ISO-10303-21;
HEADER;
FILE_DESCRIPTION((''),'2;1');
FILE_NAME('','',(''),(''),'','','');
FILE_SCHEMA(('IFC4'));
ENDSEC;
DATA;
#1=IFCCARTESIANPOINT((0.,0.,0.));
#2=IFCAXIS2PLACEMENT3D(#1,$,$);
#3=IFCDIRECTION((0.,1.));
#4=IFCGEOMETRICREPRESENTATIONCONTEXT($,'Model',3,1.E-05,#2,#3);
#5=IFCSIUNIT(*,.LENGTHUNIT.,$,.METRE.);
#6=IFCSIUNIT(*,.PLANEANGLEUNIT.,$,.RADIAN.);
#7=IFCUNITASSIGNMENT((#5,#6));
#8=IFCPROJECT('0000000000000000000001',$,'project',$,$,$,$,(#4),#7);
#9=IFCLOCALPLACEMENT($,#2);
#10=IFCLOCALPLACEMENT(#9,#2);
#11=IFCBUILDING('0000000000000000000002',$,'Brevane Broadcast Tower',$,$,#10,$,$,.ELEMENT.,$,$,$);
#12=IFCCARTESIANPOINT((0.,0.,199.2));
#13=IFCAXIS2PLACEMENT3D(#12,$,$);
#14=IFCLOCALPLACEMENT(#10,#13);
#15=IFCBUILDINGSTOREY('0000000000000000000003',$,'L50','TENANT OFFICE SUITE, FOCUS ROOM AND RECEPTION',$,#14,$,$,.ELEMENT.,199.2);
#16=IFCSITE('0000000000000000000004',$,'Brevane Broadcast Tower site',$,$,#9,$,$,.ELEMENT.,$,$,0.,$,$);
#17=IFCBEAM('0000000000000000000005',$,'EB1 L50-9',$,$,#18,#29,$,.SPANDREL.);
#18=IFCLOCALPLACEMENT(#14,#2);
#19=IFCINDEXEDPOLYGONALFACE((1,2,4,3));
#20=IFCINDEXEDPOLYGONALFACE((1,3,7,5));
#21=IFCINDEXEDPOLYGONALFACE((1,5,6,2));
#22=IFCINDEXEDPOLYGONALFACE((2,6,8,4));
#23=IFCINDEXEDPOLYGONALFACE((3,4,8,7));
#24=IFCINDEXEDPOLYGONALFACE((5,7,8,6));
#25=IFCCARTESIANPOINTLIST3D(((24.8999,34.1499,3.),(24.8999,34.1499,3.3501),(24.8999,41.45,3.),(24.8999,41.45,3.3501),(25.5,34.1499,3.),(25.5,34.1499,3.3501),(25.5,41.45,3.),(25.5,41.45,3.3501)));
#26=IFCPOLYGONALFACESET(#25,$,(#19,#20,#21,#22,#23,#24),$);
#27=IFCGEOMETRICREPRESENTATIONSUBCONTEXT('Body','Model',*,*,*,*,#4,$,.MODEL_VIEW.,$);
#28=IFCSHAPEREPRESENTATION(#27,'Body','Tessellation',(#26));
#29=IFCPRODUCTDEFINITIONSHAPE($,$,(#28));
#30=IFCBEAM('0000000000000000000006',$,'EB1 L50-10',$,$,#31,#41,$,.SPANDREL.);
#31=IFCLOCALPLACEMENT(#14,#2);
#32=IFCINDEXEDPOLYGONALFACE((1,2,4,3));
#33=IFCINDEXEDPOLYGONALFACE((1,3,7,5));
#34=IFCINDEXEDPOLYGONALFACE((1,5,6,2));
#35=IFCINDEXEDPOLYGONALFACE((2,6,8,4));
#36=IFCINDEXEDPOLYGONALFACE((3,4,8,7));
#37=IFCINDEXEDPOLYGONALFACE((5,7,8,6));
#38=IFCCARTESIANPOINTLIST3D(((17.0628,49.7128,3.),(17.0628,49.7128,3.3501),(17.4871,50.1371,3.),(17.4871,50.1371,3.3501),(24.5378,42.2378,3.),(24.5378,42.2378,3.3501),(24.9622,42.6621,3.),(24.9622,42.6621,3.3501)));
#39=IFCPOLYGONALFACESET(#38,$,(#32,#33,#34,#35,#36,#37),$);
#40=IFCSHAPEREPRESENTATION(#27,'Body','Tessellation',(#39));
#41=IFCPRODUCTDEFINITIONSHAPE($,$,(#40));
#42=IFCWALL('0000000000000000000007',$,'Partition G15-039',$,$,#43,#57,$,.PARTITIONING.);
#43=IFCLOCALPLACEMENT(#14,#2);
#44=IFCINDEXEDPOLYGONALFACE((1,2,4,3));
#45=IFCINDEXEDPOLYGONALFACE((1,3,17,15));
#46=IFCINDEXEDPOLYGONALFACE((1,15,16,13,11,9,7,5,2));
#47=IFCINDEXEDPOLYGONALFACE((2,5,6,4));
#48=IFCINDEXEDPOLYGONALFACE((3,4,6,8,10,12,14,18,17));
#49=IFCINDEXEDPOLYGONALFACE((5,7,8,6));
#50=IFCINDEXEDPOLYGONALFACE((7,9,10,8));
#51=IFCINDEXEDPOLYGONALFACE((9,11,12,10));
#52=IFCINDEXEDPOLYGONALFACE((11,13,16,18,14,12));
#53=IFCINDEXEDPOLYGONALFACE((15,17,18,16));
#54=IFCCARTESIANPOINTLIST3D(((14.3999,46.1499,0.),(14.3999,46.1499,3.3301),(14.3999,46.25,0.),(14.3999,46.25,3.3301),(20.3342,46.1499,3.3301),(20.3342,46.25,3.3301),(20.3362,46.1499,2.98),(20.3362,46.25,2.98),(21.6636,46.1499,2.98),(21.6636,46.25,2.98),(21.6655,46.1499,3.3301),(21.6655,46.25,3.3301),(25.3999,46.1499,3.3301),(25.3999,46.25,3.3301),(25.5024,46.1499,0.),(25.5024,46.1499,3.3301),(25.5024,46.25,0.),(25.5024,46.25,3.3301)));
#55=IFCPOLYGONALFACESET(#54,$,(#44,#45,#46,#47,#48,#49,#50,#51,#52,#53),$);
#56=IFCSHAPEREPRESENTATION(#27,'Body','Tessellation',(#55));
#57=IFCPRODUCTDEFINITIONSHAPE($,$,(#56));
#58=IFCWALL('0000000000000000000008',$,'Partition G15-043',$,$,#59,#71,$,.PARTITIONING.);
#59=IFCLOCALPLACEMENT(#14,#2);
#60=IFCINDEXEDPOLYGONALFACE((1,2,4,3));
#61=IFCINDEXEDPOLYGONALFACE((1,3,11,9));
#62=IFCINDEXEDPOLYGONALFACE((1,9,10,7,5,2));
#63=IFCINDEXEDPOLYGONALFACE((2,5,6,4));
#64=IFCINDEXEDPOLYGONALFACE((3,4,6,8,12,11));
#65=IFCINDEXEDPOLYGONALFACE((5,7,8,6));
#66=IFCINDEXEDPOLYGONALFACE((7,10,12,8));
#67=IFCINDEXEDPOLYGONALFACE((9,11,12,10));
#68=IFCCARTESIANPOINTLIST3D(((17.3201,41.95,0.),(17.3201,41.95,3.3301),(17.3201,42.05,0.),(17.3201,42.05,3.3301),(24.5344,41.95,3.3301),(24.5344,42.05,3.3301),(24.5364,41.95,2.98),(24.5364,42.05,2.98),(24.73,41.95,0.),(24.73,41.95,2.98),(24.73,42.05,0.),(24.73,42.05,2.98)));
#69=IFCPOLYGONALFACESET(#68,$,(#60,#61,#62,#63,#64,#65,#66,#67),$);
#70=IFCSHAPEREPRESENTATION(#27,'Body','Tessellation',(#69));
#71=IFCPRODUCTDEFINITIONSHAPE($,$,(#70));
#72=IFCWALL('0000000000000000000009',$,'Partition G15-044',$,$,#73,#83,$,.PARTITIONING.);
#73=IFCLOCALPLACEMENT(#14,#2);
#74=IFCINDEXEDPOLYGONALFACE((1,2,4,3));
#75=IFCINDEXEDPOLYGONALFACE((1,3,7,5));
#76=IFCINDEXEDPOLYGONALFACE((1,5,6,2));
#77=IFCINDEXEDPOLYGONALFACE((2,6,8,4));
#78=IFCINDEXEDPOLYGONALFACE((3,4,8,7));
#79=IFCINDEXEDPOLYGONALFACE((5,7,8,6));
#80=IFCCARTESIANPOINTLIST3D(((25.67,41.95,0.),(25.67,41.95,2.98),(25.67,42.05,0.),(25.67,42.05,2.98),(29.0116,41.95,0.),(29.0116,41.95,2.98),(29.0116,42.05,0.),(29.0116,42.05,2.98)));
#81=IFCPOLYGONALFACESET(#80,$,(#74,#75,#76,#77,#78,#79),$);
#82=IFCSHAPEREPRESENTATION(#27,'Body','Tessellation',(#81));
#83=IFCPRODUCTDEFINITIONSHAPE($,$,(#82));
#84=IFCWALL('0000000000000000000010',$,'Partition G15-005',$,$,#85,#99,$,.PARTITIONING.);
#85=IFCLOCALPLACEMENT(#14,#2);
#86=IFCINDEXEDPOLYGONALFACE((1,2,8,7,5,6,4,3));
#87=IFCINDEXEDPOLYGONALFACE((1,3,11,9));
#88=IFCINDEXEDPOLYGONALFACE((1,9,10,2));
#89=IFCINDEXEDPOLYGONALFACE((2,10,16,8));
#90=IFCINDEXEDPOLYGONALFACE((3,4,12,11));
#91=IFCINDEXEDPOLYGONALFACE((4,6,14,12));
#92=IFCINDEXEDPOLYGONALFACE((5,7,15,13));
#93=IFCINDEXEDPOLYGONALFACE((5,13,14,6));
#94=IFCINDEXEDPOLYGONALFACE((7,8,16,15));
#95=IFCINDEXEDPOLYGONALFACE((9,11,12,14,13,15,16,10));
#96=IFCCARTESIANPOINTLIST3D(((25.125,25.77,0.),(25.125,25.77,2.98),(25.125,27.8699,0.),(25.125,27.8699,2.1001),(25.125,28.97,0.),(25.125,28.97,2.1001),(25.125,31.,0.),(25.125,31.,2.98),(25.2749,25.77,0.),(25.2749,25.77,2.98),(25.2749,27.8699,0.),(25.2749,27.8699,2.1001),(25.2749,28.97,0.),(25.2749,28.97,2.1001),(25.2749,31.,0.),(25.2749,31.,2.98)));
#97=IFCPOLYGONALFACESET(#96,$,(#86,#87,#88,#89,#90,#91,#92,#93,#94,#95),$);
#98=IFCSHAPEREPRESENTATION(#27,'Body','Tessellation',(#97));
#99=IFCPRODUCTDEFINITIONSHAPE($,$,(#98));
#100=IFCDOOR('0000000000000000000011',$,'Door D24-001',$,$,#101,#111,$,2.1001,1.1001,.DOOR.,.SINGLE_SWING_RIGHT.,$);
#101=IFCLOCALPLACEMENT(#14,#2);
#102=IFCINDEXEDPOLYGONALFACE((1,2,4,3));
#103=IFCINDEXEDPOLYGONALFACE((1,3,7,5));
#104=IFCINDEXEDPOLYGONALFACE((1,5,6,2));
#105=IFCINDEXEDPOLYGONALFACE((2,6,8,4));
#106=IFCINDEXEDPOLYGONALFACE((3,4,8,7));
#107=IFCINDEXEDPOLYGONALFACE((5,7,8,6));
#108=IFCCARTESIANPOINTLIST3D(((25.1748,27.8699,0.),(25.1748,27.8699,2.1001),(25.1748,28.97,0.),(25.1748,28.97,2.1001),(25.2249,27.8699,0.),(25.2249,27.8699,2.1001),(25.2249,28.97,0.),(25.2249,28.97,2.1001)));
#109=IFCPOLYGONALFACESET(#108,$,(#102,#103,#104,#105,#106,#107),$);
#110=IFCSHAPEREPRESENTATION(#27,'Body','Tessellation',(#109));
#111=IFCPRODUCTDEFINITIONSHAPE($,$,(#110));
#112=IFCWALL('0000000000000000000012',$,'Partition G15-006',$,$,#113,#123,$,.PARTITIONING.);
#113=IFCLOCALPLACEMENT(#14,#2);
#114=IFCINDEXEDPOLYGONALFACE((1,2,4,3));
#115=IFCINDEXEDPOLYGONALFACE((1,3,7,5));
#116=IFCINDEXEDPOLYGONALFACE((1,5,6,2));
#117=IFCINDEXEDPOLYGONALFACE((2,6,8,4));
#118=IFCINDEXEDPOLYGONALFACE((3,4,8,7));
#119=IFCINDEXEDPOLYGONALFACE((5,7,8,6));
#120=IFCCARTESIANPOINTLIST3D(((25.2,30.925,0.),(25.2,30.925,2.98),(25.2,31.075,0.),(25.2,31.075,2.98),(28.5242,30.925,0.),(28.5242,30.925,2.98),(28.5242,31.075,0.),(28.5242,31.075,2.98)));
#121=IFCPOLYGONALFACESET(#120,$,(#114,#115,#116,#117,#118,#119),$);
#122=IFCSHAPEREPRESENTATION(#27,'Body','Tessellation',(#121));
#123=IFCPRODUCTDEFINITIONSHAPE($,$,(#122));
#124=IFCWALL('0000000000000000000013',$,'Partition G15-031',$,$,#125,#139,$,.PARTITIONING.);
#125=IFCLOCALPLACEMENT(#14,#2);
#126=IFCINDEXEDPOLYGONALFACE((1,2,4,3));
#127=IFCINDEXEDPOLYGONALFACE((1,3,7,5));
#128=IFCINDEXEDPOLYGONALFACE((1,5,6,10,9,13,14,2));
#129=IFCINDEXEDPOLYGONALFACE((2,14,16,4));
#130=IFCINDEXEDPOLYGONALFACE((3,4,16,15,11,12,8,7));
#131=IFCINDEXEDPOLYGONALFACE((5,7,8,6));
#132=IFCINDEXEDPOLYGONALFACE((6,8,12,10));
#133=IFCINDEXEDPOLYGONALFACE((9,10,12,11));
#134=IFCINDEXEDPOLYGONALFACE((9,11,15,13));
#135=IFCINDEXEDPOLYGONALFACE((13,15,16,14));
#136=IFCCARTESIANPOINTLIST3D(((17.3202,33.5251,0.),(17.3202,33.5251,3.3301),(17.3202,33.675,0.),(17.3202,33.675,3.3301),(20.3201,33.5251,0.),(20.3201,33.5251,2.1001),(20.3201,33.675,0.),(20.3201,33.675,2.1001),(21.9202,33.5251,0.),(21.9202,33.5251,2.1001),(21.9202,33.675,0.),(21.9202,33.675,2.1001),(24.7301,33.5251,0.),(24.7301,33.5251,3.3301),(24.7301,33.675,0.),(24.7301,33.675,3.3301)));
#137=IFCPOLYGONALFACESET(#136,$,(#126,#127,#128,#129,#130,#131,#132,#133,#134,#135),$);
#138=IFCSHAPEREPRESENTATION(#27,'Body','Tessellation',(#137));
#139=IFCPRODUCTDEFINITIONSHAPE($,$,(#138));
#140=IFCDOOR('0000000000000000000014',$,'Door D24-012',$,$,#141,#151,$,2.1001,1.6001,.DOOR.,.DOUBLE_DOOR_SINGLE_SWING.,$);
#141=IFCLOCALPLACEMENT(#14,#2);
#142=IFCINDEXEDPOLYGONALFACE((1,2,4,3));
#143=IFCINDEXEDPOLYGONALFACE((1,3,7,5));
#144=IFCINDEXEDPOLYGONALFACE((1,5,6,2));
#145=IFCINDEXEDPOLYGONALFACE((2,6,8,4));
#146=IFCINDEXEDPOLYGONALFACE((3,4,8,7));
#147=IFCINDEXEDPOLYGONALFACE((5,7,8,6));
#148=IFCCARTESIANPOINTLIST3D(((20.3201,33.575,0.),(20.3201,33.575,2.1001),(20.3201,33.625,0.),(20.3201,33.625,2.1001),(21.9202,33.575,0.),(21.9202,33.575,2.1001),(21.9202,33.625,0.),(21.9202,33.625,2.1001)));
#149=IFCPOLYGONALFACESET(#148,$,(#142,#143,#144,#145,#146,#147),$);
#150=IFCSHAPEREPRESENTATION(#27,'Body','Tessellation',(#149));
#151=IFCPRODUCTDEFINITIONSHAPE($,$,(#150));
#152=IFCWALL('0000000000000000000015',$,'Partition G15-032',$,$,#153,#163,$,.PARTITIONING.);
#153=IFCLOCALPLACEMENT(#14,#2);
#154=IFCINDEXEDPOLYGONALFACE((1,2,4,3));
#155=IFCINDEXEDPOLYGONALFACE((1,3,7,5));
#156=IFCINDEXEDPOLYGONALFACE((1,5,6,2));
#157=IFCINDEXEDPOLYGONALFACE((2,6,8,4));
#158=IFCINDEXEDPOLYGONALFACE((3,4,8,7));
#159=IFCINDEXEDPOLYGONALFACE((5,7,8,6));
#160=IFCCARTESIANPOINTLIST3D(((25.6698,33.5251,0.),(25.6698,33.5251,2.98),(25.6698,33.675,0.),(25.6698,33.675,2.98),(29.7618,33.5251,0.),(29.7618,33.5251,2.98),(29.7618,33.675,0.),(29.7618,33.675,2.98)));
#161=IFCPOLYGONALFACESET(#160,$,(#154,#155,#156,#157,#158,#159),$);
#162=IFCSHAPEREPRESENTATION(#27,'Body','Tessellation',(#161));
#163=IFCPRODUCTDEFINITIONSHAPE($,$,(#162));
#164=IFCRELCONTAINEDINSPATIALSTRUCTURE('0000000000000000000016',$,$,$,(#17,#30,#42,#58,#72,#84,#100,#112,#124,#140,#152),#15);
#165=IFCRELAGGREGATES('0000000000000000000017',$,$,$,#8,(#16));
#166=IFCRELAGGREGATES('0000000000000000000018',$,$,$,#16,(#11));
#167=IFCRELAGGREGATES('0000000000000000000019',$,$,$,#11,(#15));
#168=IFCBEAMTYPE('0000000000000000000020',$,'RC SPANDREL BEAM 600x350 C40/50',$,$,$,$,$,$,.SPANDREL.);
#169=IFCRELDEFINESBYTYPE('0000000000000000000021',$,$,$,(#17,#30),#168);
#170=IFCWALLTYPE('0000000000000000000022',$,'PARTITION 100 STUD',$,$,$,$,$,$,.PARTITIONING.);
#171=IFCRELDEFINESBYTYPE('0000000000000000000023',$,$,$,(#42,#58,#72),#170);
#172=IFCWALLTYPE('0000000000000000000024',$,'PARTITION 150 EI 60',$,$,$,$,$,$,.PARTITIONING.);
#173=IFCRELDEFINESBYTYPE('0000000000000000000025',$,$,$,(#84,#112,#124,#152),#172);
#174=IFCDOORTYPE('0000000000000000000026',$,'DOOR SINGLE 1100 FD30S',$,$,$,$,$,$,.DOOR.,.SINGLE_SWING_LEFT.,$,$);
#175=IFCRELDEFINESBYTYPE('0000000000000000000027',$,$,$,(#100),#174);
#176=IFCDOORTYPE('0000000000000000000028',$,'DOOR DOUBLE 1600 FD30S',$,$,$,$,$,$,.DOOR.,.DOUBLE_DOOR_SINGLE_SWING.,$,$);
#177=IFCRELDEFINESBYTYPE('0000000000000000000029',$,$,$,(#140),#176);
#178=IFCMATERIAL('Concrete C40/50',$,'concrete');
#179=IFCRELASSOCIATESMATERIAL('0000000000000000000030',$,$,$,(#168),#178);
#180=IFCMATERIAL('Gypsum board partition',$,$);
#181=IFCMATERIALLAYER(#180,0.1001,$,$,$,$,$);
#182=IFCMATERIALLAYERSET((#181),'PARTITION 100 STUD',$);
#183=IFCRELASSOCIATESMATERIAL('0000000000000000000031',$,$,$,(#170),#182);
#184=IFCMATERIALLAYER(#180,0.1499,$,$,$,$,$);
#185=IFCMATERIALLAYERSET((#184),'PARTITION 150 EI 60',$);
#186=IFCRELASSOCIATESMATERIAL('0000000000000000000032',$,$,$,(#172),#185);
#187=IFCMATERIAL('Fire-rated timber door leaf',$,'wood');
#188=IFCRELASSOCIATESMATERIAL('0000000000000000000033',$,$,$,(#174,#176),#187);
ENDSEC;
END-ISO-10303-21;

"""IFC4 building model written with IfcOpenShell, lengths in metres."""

from ifc_helpers import new_model, si_unit, direction, frame, frame_2d, origin, origin_2d, place, context, subcontext, project, spatial, polyline, rectangle, outline, extrude, material, layer, layer_set, material_profile, profile_set, type_object, element, fill, save


model = new_model("IFC4")

# Units and contexts
model_context = context("Model", 3, precision=1e-05, world=origin(), true_north=direction((0.0, 1.0)))
body_context = subcontext(model_context, "Body", "Model", "MODEL_VIEW")
ifc_project = project(units=[si_unit("LENGTHUNIT", "METRE"), si_unit("PLANEANGLEUNIT", "RADIAN")], contexts=[model_context])

# Site, building, storey
site_placement = place(None, origin())
site = spatial("IfcSite", under=ifc_project, at=site_placement, Name="Brevane Broadcast Tower site", CompositionType="ELEMENT", RefElevation=0.0)
building_placement = place(site_placement, origin())
building = spatial("IfcBuilding", under=site, at=building_placement, Name="Brevane Broadcast Tower", CompositionType="ELEMENT")
storey_placement = place(building_placement, frame((0.0, 0.0, 199.2)))
storey = spatial("IfcBuildingStorey", under=building, at=storey_placement, Name="L50", Description="TENANT OFFICE SUITE, FOCUS ROOM AND RECEPTION", CompositionType="ELEMENT", Elevation=199.2)

# Beams
ifc_material_1 = material(Name="Concrete C40/50", Category="concrete")
ifc_material_profile_1 = material_profile(ifc_material_1, rectangle(XDim=0.6001, YDim=0.3501, at=origin_2d()), Name="RC 600x350")
ifc_profile_set_1 = profile_set([ifc_material_profile_1], Name="Concrete C40/50")
beam_type_1 = type_object("IfcBeamType", Name="RC SPANDREL BEAM 600x350 C40/50", PredefinedType="SPANDREL", material=ifc_profile_set_1)
beam_1_placement = place(storey_placement, frame((25.2, 34.1499, 3.175), z_axis=(0.0, 1.0, 0.0), x_axis=(-1.0, 0.0, 0.0)))
element("IfcBeam", 1, at=beam_1_placement, inside=storey, type_object=beam_type_1, Name="EB1 L50-9", PredefinedType="SPANDREL", context=body_context, shape_type="SweptSolid", body=[
    extrude(rectangle(XDim=0.6001, YDim=0.3501, at=origin_2d()), origin(), (0.0, 0.0, 1.0), 7.3),
])
beam_2_placement = place(storey_placement, frame((24.75, 42.45, 3.175), z_axis=(-0.707107, 0.707107, 0.0), x_axis=(-0.707107, -0.707107, 0.0)))
element("IfcBeam", 2, at=beam_2_placement, inside=storey, type_object=beam_type_1, Name="EB1 L50-10", PredefinedType="SPANDREL", context=body_context, shape_type="SweptSolid", body=[
    extrude(rectangle(XDim=0.6001, YDim=0.3501, at=origin_2d()), origin(), (0.0, 0.0, 1.0), 10.5713),
])

# Walls
ifc_material_2 = material(Name="Gypsum board partition")
ifc_layer_1 = layer(ifc_material_2, 0.1001)
ifc_layer_set_1 = layer_set([ifc_layer_1], Name="PARTITION 100 STUD")
wall_type_1 = type_object("IfcWallType", Name="PARTITION 100 STUD", PredefinedType="PARTITIONING", material=ifc_layer_set_1)
wall_1_placement = place(storey_placement, frame((25.5024, 46.2, 0.0), z_axis=(0.0, 0.0, 1.0), x_axis=(-1.0, 0.0, 0.0)))
element("IfcWall", 3, at=wall_1_placement, inside=storey, type_object=wall_type_1, Name="Partition G15-039", PredefinedType="PARTITIONING", context=body_context, shape_type="SweptSolid", body=[
    extrude(outline(polyline([(0.0, 0.0), (11.1025, 0.0), (11.1025, 3.3301), (5.1682, 3.3301), (5.1663, 2.98), (3.8389, 2.98), (3.8369, 3.3301), (0.1025, 3.3301), (0.0, 3.3301), (0.0, 0.0)])), frame((0.0, 0.05, 0.0), z_axis=(0.0, -1.0, 0.0), x_axis=(1.0, 0.0, 0.0)), (0.0, 0.0, 1.0), 0.1001),
])
wall_2_placement = place(storey_placement, frame((17.3201, 42.0, 0.0), z_axis=(0.0, 0.0, 1.0), x_axis=(1.0, 0.0, 0.0)))
element("IfcWall", 4, at=wall_2_placement, inside=storey, type_object=wall_type_1, Name="Partition G15-043", PredefinedType="PARTITIONING", context=body_context, shape_type="SweptSolid", body=[
    extrude(outline(polyline([(0.0, 0.0), (7.4099, 0.0), (7.4099, 2.98), (7.2163, 2.98), (7.2144, 3.3301), (0.0, 3.3301), (0.0, 0.0)])), frame((0.0, 0.05, 0.0), z_axis=(0.0, -1.0, 0.0), x_axis=(1.0, 0.0, 0.0)), (0.0, 0.0, 1.0), 0.1001),
])
wall_3_placement = place(storey_placement, frame((25.6699, 42.0, 0.0), z_axis=(0.0, 0.0, 1.0), x_axis=(1.0, 0.0, 0.0)))
element("IfcWall", 5, at=wall_3_placement, inside=storey, type_object=wall_type_1, Name="Partition G15-044", PredefinedType="PARTITIONING", context=body_context, shape_type="SweptSolid", body=[
    extrude(rectangle(XDim=3.3416, YDim=0.1001, at=frame_2d((1.6709, 0.0))), origin(), (0.0, 0.0, 1.0), 2.98),
])

# Wall, opening, door
ifc_layer_2 = layer(ifc_material_2, 0.1499)
ifc_layer_set_2 = layer_set([ifc_layer_2], Name="PARTITION 150 EI 60")
wall_type_2 = type_object("IfcWallType", Name="PARTITION 150 EI 60", PredefinedType="PARTITIONING", material=ifc_layer_set_2)
wall_4_placement = place(storey_placement, frame((25.2, 31.0, 0.0), z_axis=(0.0, 0.0, 1.0), x_axis=(0.0, -1.0, 0.0)))
wall_4 = element("IfcWall", 6, at=wall_4_placement, inside=storey, type_object=wall_type_2, Name="Partition G15-005", PredefinedType="PARTITIONING", context=body_context, shape_type="SweptSolid", body=[
    extrude(outline(polyline([(0.0, 0.0), (5.23, 0.0), (5.23, 2.98), (0.0, 2.98), (0.0, 0.0)])), frame((0.0, 0.075, 0.0), z_axis=(0.0, -1.0, 0.0), x_axis=(1.0, 0.0, 0.0)), (0.0, 0.0, 1.0), 0.1499),
])
opening_1_placement = place(wall_4_placement, frame((2.03, 0.0, 0.0)))
opening_1 = element("IfcOpeningElement", 7, at=opening_1_placement, cuts=wall_4, PredefinedType="OPENING", context=body_context, shape_type="SweptSolid", body=[
    extrude(rectangle(XDim=1.1001, YDim=2.1001, at=frame_2d((0.55, 1.05))), frame((0.0, 0.085, 0.0), z_axis=(0.0, -1.0, 0.0), x_axis=(1.0, 0.0, 0.0)), (0.0, 0.0, 1.0), 0.1699),
])
ifc_material_3 = material(Name="Fire-rated timber door leaf", Category="wood")
door_type_1 = type_object("IfcDoorType", Name="DOOR SINGLE 1100 FD30S", OperationType="SINGLE_SWING_LEFT", PredefinedType="DOOR", material=ifc_material_3)
door_1_placement = place(opening_1_placement, origin())
door_1 = element("IfcDoor", 8, at=door_1_placement, inside=storey, type_object=door_type_1, Name="Door D24-001", OperationType="SINGLE_SWING_RIGHT", OverallHeight=2.1001, OverallWidth=1.1001, PredefinedType="DOOR", context=body_context, shape_type="SweptSolid", body=[
    extrude(rectangle(XDim=1.1001, YDim=2.1001, at=frame_2d((0.55, 1.05))), frame((0.0, 0.0249, 0.0), z_axis=(0.0, -1.0, 0.0), x_axis=(1.0, 0.0, 0.0)), (0.0, 0.0, 1.0), 0.05),
])
fill(opening_1, door_1)

# Wall
wall_5_placement = place(storey_placement, frame((25.2, 31.0, 0.0), z_axis=(0.0, 0.0, 1.0), x_axis=(1.0, 0.0, 0.0)))
element("IfcWall", 9, at=wall_5_placement, inside=storey, type_object=wall_type_2, Name="Partition G15-006", PredefinedType="PARTITIONING", context=body_context, shape_type="SweptSolid", body=[
    extrude(rectangle(XDim=3.3242, YDim=0.1499, at=frame_2d((1.6621, 0.0))), origin(), (0.0, 0.0, 1.0), 2.98),
])

# Wall, opening, door
wall_6_placement = place(storey_placement, frame((17.3201, 33.6001, 0.0), z_axis=(0.0, 0.0, 1.0), x_axis=(1.0, 0.0, 0.0)))
wall_6 = element("IfcWall", 10, at=wall_6_placement, inside=storey, type_object=wall_type_2, Name="Partition G15-031", PredefinedType="PARTITIONING", context=body_context, shape_type="SweptSolid", body=[
    extrude(rectangle(XDim=7.4099, YDim=0.1499, at=frame_2d((3.7051, 0.0))), origin(), (0.0, 0.0, 1.0), 3.3301),
])
opening_2_placement = place(wall_6_placement, frame((3.0, 0.0, 0.0)))
opening_2 = element("IfcOpeningElement", 11, at=opening_2_placement, cuts=wall_6, PredefinedType="OPENING", context=body_context, shape_type="SweptSolid", body=[
    extrude(rectangle(XDim=1.6001, YDim=2.1001, at=frame_2d((0.8, 1.05))), frame((0.0, 0.085, 0.0), z_axis=(0.0, -1.0, 0.0), x_axis=(1.0, 0.0, 0.0)), (0.0, 0.0, 1.0), 0.1699),
])
door_type_2 = type_object("IfcDoorType", Name="DOOR DOUBLE 1600 FD30S", OperationType="DOUBLE_DOOR_SINGLE_SWING", PredefinedType="DOOR", material=ifc_material_3)
door_2_placement = place(opening_2_placement, origin())
door_2 = element("IfcDoor", 12, at=door_2_placement, inside=storey, type_object=door_type_2, Name="Door D24-012", OperationType="DOUBLE_DOOR_SINGLE_SWING", OverallHeight=2.1001, OverallWidth=1.6001, PredefinedType="DOOR", context=body_context, shape_type="SweptSolid", body=[
    extrude(rectangle(XDim=1.6001, YDim=2.1001, at=frame_2d((0.8, 1.05))), frame((0.0, 0.0249, 0.0), z_axis=(0.0, -1.0, 0.0), x_axis=(1.0, 0.0, 0.0)), (0.0, 0.0, 1.0), 0.05),
])
fill(opening_2, door_2)

# Wall
wall_7_placement = place(storey_placement, frame((25.6699, 33.6001, 0.0), z_axis=(0.0, 0.0, 1.0), x_axis=(1.0, 0.0, 0.0)))
element("IfcWall", 13, at=wall_7_placement, inside=storey, type_object=wall_type_2, Name="Partition G15-032", PredefinedType="PARTITIONING", context=body_context, shape_type="SweptSolid", body=[
    extrude(rectangle(XDim=4.092, YDim=0.1499, at=frame_2d((2.0459, 0.0))), origin(), (0.0, 0.0, 1.0), 2.98),
])

save(model, "model.ifc")
